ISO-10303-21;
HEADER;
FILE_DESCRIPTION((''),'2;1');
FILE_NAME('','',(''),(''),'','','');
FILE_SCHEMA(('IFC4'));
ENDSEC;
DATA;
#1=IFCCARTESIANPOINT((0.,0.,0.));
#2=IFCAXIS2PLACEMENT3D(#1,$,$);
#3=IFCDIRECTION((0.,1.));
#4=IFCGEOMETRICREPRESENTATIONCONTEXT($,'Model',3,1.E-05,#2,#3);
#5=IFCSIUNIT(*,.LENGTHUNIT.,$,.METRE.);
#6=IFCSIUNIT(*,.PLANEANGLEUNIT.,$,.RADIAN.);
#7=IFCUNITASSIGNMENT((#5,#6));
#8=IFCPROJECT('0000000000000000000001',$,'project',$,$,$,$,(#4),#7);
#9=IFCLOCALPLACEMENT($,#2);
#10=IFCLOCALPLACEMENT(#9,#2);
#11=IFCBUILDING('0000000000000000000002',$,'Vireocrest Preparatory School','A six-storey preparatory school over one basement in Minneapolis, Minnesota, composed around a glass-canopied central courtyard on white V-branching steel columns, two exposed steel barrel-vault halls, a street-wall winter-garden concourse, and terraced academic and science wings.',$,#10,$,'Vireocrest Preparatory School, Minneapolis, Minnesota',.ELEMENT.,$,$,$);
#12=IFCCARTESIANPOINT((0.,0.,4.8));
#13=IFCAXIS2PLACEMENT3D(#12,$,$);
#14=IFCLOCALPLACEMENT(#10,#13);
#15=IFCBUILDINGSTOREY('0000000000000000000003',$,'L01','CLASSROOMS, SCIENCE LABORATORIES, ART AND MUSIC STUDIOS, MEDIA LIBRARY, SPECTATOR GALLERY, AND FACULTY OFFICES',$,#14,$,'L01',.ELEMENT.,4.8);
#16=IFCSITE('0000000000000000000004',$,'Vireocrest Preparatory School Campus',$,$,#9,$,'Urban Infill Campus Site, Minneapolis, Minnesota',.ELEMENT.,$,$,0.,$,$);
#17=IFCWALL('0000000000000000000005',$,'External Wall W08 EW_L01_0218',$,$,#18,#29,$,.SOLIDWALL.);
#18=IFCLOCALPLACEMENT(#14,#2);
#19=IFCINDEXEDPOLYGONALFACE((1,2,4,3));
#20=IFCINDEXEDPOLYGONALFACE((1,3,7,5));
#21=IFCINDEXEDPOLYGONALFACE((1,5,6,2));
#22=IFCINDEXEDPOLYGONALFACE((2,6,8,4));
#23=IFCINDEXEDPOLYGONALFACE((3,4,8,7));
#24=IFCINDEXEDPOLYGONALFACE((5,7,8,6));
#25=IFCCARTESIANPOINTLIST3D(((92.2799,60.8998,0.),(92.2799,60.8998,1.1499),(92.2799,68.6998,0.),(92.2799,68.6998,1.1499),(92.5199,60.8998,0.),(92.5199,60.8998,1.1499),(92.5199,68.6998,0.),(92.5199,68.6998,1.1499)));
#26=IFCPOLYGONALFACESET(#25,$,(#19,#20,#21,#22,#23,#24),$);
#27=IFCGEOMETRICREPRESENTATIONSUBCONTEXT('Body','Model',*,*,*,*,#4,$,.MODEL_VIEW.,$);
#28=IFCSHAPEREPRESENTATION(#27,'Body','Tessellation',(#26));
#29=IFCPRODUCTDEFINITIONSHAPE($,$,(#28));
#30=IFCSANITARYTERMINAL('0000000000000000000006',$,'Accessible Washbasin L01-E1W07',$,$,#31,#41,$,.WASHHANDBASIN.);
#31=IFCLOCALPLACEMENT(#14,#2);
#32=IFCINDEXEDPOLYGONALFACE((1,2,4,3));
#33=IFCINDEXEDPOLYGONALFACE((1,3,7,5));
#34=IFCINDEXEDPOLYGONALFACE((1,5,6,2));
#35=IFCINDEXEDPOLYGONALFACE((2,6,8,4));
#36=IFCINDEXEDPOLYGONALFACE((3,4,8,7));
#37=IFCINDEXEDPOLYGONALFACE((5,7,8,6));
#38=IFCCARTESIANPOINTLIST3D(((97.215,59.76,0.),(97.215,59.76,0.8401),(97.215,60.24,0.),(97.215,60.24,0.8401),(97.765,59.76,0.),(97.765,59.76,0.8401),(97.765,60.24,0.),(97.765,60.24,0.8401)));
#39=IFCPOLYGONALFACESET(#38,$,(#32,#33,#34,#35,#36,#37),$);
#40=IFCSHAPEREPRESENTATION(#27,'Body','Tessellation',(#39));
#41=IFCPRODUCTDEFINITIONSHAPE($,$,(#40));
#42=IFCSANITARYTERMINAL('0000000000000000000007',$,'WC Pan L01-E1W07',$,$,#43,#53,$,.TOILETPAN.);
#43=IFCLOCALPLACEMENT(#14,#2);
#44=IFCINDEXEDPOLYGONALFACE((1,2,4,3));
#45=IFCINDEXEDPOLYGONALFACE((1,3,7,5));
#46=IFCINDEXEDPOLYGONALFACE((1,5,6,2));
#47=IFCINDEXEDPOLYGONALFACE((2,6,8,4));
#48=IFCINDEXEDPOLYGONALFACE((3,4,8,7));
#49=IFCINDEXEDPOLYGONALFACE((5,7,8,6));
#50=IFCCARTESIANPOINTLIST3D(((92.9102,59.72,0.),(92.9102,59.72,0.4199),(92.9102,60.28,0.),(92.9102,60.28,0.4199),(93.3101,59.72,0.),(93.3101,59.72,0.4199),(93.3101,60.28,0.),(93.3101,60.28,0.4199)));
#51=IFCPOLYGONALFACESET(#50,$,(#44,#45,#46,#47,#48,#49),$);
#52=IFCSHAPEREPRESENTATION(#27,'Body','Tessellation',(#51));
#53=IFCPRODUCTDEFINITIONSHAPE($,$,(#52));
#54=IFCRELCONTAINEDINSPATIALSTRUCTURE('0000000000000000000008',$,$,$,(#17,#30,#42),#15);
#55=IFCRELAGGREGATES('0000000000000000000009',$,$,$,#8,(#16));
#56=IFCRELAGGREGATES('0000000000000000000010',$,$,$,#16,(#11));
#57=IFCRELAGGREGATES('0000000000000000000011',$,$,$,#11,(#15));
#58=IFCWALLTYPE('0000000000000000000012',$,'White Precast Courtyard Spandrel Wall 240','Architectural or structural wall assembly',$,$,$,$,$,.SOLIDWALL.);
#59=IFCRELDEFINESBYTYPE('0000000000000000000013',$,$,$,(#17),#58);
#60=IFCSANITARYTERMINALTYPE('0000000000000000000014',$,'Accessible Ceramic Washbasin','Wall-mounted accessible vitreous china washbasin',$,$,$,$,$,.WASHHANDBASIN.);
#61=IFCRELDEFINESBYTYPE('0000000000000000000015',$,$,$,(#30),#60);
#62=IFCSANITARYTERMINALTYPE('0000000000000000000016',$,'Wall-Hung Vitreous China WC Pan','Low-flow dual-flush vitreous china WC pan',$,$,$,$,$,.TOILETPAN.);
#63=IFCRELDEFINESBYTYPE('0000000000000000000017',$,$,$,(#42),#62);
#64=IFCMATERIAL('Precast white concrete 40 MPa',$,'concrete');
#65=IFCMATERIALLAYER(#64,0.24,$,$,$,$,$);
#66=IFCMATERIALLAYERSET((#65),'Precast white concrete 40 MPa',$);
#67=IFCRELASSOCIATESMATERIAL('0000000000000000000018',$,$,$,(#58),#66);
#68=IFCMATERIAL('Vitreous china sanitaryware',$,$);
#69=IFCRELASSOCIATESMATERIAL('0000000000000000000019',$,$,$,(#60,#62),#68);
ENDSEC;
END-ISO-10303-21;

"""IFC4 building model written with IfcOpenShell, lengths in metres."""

from ifc_helpers import new_model, si_unit, direction, frame, frame_2d, origin, origin_2d, place, context, subcontext, project, spatial, rectangle, extrude, material, layer, layer_set, type_object, element, save


model = new_model("IFC4")

# Units and contexts
model_context = context("Model", 3, precision=1e-05, world=origin(), true_north=direction((0.0, 1.0)))
body_context = subcontext(model_context, "Body", "Model", "MODEL_VIEW")
ifc_project = project(units=[si_unit("LENGTHUNIT", "METRE"), si_unit("PLANEANGLEUNIT", "RADIAN")], contexts=[model_context])

# Site, building, storey
site_placement = place(None, origin())
site = spatial("IfcSite", under=ifc_project, at=site_placement, Name="Vireocrest Preparatory School Campus", LongName="Urban Infill Campus Site, Minneapolis, Minnesota", CompositionType="ELEMENT", RefElevation=0.0)
building_placement = place(site_placement, origin())
building = spatial("IfcBuilding", under=site, at=building_placement, Name="Vireocrest Preparatory School", Description="A six-storey preparatory school over one basement in Minneapolis, Minnesota, composed around a glass-canopied central courtyard on white V-branching steel columns, two exposed steel barrel-vault halls, a street-wall winter-garden concourse, and terraced academic and science wings.", LongName="Vireocrest Preparatory School, Minneapolis, Minnesota", CompositionType="ELEMENT")
storey_placement = place(building_placement, frame((0.0, 0.0, 4.8)))
storey = spatial("IfcBuildingStorey", under=building, at=storey_placement, Name="L01", Description="CLASSROOMS, SCIENCE LABORATORIES, ART AND MUSIC STUDIOS, MEDIA LIBRARY, SPECTATOR GALLERY, AND FACULTY OFFICES", LongName="L01", CompositionType="ELEMENT", Elevation=4.8)

# Wall
ifc_material_1 = material(Name="Precast white concrete 40 MPa", Category="concrete")
ifc_layer_1 = layer(ifc_material_1, 0.24)
ifc_layer_set_1 = layer_set([ifc_layer_1], Name="Precast white concrete 40 MPa")
wall_type_1 = type_object("IfcWallType", Name="White Precast Courtyard Spandrel Wall 240", Description="Architectural or structural wall assembly", PredefinedType="SOLIDWALL", material=ifc_layer_set_1)
wall_1_placement = place(storey_placement, frame((92.3999, 60.8999, 0.0), z_axis=(0.0, 0.0, 1.0), x_axis=(0.0, 1.0, 0.0)))
element("IfcWall", 1, at=wall_1_placement, inside=storey, type_object=wall_type_1, Name="External Wall W08 EW_L01_0218", PredefinedType="SOLIDWALL", context=body_context, shape_type="SweptSolid", body=[
    extrude(rectangle(XDim=7.8, YDim=0.24, at=frame_2d((3.8999, 0.0))), origin(), (0.0, 0.0, 1.0), 1.1499),
])

# Sanitary terminals
ifc_material_2 = material(Name="Vitreous china sanitaryware")
sanitary_terminal_type_1 = type_object("IfcSanitaryTerminalType", Name="Accessible Ceramic Washbasin", Description="Wall-mounted accessible vitreous china washbasin", PredefinedType="WASHHANDBASIN", material=ifc_material_2)
sanitary_terminal_1_placement = place(storey_placement, frame((97.49, 60.0, 0.0), z_axis=(0.0, 0.0, 1.0), x_axis=(1.0, 0.0, 0.0)))
element("IfcSanitaryTerminal", 2, at=sanitary_terminal_1_placement, inside=storey, type_object=sanitary_terminal_type_1, Name="Accessible Washbasin L01-E1W07", PredefinedType="WASHHANDBASIN", context=body_context, shape_type="SweptSolid", body=[
    extrude(rectangle(XDim=0.55, YDim=0.48, at=origin_2d()), origin(), (0.0, 0.0, 1.0), 0.8401),
])
sanitary_terminal_type_2 = type_object("IfcSanitaryTerminalType", Name="Wall-Hung Vitreous China WC Pan", Description="Low-flow dual-flush vitreous china WC pan", PredefinedType="TOILETPAN", material=ifc_material_2)
sanitary_terminal_2_placement = place(storey_placement, frame((93.1101, 60.0, 0.0), z_axis=(0.0, 0.0, 1.0), x_axis=(1.0, 0.0, 0.0)))
element("IfcSanitaryTerminal", 3, at=sanitary_terminal_2_placement, inside=storey, type_object=sanitary_terminal_type_2, Name="WC Pan L01-E1W07", PredefinedType="TOILETPAN", context=body_context, shape_type="SweptSolid", body=[
    extrude(rectangle(XDim=0.3999, YDim=0.5601, at=origin_2d()), origin(), (0.0, 0.0, 1.0), 0.4199),
])

save(model, "model.ifc")
